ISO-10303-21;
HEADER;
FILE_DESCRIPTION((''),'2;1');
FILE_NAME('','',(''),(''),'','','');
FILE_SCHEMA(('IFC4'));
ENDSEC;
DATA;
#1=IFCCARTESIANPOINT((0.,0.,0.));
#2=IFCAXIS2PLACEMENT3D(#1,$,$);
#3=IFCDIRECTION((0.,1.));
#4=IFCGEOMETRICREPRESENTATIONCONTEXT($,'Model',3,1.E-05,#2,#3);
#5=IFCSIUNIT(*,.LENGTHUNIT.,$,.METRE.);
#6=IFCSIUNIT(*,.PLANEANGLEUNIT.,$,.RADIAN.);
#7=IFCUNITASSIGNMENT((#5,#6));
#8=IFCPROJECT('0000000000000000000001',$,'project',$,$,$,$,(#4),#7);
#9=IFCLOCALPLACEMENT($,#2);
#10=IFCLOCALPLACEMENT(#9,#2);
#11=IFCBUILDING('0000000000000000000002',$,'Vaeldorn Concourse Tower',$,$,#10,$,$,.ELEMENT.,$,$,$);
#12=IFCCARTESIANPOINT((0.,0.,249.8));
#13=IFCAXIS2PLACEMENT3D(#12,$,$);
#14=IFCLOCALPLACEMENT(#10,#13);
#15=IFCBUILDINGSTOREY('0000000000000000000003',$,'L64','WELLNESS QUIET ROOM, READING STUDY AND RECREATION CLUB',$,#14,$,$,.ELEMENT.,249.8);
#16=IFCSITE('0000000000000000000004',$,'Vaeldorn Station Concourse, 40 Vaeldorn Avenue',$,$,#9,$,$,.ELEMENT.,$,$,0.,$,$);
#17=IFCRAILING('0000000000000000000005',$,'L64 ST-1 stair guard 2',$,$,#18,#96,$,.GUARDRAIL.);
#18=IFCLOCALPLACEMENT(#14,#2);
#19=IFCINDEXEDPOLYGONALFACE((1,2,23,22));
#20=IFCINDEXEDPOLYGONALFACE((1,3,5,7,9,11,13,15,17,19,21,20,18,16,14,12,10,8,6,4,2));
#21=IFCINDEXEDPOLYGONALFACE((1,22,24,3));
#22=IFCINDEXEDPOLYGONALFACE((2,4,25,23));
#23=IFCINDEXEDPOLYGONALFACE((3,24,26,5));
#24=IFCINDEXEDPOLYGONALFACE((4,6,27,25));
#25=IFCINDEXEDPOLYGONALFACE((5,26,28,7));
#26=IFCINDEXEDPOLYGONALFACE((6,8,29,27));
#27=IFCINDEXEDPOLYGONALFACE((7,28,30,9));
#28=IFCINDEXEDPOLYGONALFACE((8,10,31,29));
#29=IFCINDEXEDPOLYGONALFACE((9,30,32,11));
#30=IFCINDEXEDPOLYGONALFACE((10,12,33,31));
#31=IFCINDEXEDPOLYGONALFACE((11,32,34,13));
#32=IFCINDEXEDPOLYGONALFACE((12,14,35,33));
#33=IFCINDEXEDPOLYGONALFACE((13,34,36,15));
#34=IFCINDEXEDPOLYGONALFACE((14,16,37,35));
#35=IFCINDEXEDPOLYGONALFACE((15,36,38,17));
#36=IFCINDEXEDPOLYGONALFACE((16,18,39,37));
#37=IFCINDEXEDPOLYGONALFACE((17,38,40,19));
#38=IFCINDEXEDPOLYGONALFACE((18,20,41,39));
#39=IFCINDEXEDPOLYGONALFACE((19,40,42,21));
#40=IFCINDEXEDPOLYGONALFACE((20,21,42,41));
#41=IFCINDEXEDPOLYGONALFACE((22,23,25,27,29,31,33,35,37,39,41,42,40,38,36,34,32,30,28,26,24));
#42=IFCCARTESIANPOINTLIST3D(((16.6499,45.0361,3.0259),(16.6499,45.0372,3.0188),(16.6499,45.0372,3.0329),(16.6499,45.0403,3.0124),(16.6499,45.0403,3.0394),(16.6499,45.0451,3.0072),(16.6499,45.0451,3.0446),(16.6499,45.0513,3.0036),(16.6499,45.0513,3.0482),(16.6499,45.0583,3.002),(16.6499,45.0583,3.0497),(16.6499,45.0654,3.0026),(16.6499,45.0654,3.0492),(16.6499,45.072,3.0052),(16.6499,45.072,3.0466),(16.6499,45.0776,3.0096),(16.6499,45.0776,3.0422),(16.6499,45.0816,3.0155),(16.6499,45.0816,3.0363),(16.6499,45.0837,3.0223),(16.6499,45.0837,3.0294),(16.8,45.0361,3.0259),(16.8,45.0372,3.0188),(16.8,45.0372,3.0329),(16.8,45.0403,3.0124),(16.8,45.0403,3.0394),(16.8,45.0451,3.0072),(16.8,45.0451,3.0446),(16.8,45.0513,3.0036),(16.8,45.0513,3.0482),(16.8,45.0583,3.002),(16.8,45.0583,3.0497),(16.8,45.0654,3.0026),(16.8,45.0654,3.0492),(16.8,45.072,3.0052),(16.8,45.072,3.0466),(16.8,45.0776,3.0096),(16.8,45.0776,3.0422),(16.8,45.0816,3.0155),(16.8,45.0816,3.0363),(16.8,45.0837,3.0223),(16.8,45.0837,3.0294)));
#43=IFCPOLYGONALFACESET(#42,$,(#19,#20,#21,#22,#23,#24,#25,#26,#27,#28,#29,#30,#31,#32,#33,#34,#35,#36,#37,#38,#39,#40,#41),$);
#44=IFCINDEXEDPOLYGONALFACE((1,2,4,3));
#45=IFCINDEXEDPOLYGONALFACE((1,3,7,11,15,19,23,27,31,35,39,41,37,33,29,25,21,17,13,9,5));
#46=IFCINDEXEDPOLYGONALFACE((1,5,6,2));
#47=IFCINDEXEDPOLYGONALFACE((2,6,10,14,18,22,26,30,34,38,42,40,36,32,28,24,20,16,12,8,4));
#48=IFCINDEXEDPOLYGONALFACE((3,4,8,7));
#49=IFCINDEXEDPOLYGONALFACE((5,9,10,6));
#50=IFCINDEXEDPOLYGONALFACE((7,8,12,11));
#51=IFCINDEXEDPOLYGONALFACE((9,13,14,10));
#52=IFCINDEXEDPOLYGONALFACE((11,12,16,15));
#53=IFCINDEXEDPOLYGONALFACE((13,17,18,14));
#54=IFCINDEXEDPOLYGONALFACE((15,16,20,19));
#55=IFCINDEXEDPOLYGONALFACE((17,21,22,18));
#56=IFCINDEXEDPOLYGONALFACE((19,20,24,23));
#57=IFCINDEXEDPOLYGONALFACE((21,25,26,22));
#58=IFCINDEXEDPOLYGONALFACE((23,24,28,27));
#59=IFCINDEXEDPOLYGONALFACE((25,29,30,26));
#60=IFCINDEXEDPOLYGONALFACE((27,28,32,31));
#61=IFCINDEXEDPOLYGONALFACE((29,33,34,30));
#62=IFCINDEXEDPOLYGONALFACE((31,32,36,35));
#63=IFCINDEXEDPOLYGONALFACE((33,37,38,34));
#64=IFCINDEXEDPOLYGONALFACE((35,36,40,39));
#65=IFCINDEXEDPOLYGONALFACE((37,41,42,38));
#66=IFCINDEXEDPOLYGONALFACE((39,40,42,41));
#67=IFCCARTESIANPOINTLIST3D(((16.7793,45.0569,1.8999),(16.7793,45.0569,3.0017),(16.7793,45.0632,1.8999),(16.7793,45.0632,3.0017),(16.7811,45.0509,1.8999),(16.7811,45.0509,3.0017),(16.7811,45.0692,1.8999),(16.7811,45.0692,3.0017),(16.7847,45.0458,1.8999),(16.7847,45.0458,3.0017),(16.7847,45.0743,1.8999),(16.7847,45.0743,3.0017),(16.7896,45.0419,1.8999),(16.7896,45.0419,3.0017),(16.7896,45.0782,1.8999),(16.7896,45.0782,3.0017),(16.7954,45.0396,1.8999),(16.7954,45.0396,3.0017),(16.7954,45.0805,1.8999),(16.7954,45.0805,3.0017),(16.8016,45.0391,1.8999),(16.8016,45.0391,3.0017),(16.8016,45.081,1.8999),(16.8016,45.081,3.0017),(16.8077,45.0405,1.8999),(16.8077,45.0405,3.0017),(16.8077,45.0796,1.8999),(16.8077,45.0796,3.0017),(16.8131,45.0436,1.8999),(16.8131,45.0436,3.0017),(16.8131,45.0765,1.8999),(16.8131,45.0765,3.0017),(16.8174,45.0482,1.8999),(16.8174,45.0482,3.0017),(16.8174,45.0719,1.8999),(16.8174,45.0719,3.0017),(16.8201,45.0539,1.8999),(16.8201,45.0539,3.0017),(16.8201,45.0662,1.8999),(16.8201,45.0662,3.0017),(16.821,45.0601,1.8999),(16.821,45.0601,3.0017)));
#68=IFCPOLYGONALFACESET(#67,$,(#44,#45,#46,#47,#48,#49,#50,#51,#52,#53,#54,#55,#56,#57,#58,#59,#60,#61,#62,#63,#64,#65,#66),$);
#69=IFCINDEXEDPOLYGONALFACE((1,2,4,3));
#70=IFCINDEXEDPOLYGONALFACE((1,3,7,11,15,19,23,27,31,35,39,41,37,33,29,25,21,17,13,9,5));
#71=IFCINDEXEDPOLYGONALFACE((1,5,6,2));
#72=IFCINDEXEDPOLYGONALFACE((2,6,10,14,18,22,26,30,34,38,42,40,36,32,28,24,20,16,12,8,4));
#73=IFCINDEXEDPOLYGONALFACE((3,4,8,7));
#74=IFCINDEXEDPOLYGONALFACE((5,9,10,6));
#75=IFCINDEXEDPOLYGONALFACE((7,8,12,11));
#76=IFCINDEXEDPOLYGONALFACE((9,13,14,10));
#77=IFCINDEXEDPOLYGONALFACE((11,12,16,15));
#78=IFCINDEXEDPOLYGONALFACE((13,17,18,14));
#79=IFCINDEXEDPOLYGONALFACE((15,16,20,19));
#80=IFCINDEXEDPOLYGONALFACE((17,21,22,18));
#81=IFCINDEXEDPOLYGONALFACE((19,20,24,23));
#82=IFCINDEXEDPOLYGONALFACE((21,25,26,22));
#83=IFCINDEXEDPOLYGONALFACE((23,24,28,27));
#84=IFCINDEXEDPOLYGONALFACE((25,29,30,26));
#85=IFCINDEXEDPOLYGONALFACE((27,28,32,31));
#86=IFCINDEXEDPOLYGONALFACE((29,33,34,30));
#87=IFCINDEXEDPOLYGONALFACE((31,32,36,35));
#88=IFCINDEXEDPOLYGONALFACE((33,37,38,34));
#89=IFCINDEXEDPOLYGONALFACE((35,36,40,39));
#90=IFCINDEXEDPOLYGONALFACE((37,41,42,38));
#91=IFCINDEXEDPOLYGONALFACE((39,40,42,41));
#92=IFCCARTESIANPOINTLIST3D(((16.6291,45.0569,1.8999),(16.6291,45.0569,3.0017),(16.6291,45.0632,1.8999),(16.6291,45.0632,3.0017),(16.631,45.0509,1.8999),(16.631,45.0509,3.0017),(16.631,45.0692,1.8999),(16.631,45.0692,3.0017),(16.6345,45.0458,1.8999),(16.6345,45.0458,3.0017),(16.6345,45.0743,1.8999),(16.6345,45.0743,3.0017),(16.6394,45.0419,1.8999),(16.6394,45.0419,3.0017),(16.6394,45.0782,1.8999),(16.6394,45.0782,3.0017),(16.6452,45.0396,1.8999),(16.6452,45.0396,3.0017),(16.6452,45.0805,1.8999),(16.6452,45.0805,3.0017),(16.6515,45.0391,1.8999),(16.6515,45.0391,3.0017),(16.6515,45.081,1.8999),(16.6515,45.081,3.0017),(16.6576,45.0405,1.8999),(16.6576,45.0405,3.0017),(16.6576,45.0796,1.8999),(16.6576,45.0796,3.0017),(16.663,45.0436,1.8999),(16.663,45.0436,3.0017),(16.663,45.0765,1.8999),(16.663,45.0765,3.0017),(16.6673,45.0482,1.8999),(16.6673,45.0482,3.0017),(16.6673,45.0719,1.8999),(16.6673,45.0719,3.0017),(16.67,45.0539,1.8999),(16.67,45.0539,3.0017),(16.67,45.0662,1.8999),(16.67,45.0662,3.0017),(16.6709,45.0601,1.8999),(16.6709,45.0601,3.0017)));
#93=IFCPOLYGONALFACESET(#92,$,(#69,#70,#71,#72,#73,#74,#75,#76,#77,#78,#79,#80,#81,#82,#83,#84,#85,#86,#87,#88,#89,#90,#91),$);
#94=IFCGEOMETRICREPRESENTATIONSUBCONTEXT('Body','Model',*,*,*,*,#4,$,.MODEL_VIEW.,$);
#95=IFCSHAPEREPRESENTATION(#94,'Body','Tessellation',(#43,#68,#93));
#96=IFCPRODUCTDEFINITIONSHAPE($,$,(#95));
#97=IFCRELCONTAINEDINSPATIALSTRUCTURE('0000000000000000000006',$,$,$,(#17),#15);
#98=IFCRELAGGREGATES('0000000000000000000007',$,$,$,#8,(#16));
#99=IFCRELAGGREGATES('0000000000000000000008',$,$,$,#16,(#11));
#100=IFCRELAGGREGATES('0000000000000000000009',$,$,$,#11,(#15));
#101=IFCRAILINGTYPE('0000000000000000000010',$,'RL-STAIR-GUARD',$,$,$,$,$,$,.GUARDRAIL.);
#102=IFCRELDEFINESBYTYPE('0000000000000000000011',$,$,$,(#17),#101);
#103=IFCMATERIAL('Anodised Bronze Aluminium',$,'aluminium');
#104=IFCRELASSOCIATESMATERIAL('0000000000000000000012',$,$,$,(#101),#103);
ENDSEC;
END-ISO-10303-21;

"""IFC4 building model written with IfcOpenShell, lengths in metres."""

from ifc_helpers import new_model, si_unit, direction, frame, origin, origin_2d, place, context, subcontext, project, spatial, circle, extrude, material, type_object, element, save


model = new_model("IFC4")

# Units and contexts
model_context = context("Model", 3, precision=1e-05, world=origin(), true_north=direction((0.0, 1.0)))
body_context = subcontext(model_context, "Body", "Model", "MODEL_VIEW")
ifc_project = project(units=[si_unit("LENGTHUNIT", "METRE"), si_unit("PLANEANGLEUNIT", "RADIAN")], contexts=[model_context])

# Site, building, storey
site_placement = place(None, origin())
site = spatial("IfcSite", under=ifc_project, at=site_placement, Name="Vaeldorn Station Concourse, 40 Vaeldorn Avenue", CompositionType="ELEMENT", RefElevation=0.0)
building_placement = place(site_placement, origin())
building = spatial("IfcBuilding", under=site, at=building_placement, Name="Vaeldorn Concourse Tower", CompositionType="ELEMENT")
storey_placement = place(building_placement, frame((0.0, 0.0, 249.8)))
storey = spatial("IfcBuildingStorey", under=building, at=storey_placement, Name="L64", Description="WELLNESS QUIET ROOM, READING STUDY AND RECREATION CLUB", CompositionType="ELEMENT", Elevation=249.8)

# Shared definitions
ifc_material_1 = material(Name="Anodised Bronze Aluminium", Category="aluminium")

# Railing
railing_type_1 = type_object("IfcRailingType", Name="RL-STAIR-GUARD", PredefinedType="GUARDRAIL", material=ifc_material_1)
railing_1_placement = place(storey_placement, frame((16.8, 45.0601, 1.8999)))
element("IfcRailing", 1, at=railing_1_placement, inside=storey, type_object=railing_type_1, Name="L64 ST-1 stair guard 2", PredefinedType="GUARDRAIL", context=body_context, shape_type="SweptSolid", body=[
    extrude(circle(Radius=0.0239, at=origin_2d()), frame((0.0, 0.0, 1.126), z_axis=(-1.0, 0.0, 0.0), x_axis=(0.0, -1.0, 0.0)), (0.0, 0.0, 1.0), 0.1501),
    extrude(circle(Radius=0.021, at=origin_2d()), origin(), (0.0, 0.0, 1.0), 1.1018),
    extrude(circle(Radius=0.021, at=origin_2d()), frame((-0.1501, 0.0, 0.0)), (0.0, 0.0, 1.0), 1.1018),
])

save(model, "model.ifc")
